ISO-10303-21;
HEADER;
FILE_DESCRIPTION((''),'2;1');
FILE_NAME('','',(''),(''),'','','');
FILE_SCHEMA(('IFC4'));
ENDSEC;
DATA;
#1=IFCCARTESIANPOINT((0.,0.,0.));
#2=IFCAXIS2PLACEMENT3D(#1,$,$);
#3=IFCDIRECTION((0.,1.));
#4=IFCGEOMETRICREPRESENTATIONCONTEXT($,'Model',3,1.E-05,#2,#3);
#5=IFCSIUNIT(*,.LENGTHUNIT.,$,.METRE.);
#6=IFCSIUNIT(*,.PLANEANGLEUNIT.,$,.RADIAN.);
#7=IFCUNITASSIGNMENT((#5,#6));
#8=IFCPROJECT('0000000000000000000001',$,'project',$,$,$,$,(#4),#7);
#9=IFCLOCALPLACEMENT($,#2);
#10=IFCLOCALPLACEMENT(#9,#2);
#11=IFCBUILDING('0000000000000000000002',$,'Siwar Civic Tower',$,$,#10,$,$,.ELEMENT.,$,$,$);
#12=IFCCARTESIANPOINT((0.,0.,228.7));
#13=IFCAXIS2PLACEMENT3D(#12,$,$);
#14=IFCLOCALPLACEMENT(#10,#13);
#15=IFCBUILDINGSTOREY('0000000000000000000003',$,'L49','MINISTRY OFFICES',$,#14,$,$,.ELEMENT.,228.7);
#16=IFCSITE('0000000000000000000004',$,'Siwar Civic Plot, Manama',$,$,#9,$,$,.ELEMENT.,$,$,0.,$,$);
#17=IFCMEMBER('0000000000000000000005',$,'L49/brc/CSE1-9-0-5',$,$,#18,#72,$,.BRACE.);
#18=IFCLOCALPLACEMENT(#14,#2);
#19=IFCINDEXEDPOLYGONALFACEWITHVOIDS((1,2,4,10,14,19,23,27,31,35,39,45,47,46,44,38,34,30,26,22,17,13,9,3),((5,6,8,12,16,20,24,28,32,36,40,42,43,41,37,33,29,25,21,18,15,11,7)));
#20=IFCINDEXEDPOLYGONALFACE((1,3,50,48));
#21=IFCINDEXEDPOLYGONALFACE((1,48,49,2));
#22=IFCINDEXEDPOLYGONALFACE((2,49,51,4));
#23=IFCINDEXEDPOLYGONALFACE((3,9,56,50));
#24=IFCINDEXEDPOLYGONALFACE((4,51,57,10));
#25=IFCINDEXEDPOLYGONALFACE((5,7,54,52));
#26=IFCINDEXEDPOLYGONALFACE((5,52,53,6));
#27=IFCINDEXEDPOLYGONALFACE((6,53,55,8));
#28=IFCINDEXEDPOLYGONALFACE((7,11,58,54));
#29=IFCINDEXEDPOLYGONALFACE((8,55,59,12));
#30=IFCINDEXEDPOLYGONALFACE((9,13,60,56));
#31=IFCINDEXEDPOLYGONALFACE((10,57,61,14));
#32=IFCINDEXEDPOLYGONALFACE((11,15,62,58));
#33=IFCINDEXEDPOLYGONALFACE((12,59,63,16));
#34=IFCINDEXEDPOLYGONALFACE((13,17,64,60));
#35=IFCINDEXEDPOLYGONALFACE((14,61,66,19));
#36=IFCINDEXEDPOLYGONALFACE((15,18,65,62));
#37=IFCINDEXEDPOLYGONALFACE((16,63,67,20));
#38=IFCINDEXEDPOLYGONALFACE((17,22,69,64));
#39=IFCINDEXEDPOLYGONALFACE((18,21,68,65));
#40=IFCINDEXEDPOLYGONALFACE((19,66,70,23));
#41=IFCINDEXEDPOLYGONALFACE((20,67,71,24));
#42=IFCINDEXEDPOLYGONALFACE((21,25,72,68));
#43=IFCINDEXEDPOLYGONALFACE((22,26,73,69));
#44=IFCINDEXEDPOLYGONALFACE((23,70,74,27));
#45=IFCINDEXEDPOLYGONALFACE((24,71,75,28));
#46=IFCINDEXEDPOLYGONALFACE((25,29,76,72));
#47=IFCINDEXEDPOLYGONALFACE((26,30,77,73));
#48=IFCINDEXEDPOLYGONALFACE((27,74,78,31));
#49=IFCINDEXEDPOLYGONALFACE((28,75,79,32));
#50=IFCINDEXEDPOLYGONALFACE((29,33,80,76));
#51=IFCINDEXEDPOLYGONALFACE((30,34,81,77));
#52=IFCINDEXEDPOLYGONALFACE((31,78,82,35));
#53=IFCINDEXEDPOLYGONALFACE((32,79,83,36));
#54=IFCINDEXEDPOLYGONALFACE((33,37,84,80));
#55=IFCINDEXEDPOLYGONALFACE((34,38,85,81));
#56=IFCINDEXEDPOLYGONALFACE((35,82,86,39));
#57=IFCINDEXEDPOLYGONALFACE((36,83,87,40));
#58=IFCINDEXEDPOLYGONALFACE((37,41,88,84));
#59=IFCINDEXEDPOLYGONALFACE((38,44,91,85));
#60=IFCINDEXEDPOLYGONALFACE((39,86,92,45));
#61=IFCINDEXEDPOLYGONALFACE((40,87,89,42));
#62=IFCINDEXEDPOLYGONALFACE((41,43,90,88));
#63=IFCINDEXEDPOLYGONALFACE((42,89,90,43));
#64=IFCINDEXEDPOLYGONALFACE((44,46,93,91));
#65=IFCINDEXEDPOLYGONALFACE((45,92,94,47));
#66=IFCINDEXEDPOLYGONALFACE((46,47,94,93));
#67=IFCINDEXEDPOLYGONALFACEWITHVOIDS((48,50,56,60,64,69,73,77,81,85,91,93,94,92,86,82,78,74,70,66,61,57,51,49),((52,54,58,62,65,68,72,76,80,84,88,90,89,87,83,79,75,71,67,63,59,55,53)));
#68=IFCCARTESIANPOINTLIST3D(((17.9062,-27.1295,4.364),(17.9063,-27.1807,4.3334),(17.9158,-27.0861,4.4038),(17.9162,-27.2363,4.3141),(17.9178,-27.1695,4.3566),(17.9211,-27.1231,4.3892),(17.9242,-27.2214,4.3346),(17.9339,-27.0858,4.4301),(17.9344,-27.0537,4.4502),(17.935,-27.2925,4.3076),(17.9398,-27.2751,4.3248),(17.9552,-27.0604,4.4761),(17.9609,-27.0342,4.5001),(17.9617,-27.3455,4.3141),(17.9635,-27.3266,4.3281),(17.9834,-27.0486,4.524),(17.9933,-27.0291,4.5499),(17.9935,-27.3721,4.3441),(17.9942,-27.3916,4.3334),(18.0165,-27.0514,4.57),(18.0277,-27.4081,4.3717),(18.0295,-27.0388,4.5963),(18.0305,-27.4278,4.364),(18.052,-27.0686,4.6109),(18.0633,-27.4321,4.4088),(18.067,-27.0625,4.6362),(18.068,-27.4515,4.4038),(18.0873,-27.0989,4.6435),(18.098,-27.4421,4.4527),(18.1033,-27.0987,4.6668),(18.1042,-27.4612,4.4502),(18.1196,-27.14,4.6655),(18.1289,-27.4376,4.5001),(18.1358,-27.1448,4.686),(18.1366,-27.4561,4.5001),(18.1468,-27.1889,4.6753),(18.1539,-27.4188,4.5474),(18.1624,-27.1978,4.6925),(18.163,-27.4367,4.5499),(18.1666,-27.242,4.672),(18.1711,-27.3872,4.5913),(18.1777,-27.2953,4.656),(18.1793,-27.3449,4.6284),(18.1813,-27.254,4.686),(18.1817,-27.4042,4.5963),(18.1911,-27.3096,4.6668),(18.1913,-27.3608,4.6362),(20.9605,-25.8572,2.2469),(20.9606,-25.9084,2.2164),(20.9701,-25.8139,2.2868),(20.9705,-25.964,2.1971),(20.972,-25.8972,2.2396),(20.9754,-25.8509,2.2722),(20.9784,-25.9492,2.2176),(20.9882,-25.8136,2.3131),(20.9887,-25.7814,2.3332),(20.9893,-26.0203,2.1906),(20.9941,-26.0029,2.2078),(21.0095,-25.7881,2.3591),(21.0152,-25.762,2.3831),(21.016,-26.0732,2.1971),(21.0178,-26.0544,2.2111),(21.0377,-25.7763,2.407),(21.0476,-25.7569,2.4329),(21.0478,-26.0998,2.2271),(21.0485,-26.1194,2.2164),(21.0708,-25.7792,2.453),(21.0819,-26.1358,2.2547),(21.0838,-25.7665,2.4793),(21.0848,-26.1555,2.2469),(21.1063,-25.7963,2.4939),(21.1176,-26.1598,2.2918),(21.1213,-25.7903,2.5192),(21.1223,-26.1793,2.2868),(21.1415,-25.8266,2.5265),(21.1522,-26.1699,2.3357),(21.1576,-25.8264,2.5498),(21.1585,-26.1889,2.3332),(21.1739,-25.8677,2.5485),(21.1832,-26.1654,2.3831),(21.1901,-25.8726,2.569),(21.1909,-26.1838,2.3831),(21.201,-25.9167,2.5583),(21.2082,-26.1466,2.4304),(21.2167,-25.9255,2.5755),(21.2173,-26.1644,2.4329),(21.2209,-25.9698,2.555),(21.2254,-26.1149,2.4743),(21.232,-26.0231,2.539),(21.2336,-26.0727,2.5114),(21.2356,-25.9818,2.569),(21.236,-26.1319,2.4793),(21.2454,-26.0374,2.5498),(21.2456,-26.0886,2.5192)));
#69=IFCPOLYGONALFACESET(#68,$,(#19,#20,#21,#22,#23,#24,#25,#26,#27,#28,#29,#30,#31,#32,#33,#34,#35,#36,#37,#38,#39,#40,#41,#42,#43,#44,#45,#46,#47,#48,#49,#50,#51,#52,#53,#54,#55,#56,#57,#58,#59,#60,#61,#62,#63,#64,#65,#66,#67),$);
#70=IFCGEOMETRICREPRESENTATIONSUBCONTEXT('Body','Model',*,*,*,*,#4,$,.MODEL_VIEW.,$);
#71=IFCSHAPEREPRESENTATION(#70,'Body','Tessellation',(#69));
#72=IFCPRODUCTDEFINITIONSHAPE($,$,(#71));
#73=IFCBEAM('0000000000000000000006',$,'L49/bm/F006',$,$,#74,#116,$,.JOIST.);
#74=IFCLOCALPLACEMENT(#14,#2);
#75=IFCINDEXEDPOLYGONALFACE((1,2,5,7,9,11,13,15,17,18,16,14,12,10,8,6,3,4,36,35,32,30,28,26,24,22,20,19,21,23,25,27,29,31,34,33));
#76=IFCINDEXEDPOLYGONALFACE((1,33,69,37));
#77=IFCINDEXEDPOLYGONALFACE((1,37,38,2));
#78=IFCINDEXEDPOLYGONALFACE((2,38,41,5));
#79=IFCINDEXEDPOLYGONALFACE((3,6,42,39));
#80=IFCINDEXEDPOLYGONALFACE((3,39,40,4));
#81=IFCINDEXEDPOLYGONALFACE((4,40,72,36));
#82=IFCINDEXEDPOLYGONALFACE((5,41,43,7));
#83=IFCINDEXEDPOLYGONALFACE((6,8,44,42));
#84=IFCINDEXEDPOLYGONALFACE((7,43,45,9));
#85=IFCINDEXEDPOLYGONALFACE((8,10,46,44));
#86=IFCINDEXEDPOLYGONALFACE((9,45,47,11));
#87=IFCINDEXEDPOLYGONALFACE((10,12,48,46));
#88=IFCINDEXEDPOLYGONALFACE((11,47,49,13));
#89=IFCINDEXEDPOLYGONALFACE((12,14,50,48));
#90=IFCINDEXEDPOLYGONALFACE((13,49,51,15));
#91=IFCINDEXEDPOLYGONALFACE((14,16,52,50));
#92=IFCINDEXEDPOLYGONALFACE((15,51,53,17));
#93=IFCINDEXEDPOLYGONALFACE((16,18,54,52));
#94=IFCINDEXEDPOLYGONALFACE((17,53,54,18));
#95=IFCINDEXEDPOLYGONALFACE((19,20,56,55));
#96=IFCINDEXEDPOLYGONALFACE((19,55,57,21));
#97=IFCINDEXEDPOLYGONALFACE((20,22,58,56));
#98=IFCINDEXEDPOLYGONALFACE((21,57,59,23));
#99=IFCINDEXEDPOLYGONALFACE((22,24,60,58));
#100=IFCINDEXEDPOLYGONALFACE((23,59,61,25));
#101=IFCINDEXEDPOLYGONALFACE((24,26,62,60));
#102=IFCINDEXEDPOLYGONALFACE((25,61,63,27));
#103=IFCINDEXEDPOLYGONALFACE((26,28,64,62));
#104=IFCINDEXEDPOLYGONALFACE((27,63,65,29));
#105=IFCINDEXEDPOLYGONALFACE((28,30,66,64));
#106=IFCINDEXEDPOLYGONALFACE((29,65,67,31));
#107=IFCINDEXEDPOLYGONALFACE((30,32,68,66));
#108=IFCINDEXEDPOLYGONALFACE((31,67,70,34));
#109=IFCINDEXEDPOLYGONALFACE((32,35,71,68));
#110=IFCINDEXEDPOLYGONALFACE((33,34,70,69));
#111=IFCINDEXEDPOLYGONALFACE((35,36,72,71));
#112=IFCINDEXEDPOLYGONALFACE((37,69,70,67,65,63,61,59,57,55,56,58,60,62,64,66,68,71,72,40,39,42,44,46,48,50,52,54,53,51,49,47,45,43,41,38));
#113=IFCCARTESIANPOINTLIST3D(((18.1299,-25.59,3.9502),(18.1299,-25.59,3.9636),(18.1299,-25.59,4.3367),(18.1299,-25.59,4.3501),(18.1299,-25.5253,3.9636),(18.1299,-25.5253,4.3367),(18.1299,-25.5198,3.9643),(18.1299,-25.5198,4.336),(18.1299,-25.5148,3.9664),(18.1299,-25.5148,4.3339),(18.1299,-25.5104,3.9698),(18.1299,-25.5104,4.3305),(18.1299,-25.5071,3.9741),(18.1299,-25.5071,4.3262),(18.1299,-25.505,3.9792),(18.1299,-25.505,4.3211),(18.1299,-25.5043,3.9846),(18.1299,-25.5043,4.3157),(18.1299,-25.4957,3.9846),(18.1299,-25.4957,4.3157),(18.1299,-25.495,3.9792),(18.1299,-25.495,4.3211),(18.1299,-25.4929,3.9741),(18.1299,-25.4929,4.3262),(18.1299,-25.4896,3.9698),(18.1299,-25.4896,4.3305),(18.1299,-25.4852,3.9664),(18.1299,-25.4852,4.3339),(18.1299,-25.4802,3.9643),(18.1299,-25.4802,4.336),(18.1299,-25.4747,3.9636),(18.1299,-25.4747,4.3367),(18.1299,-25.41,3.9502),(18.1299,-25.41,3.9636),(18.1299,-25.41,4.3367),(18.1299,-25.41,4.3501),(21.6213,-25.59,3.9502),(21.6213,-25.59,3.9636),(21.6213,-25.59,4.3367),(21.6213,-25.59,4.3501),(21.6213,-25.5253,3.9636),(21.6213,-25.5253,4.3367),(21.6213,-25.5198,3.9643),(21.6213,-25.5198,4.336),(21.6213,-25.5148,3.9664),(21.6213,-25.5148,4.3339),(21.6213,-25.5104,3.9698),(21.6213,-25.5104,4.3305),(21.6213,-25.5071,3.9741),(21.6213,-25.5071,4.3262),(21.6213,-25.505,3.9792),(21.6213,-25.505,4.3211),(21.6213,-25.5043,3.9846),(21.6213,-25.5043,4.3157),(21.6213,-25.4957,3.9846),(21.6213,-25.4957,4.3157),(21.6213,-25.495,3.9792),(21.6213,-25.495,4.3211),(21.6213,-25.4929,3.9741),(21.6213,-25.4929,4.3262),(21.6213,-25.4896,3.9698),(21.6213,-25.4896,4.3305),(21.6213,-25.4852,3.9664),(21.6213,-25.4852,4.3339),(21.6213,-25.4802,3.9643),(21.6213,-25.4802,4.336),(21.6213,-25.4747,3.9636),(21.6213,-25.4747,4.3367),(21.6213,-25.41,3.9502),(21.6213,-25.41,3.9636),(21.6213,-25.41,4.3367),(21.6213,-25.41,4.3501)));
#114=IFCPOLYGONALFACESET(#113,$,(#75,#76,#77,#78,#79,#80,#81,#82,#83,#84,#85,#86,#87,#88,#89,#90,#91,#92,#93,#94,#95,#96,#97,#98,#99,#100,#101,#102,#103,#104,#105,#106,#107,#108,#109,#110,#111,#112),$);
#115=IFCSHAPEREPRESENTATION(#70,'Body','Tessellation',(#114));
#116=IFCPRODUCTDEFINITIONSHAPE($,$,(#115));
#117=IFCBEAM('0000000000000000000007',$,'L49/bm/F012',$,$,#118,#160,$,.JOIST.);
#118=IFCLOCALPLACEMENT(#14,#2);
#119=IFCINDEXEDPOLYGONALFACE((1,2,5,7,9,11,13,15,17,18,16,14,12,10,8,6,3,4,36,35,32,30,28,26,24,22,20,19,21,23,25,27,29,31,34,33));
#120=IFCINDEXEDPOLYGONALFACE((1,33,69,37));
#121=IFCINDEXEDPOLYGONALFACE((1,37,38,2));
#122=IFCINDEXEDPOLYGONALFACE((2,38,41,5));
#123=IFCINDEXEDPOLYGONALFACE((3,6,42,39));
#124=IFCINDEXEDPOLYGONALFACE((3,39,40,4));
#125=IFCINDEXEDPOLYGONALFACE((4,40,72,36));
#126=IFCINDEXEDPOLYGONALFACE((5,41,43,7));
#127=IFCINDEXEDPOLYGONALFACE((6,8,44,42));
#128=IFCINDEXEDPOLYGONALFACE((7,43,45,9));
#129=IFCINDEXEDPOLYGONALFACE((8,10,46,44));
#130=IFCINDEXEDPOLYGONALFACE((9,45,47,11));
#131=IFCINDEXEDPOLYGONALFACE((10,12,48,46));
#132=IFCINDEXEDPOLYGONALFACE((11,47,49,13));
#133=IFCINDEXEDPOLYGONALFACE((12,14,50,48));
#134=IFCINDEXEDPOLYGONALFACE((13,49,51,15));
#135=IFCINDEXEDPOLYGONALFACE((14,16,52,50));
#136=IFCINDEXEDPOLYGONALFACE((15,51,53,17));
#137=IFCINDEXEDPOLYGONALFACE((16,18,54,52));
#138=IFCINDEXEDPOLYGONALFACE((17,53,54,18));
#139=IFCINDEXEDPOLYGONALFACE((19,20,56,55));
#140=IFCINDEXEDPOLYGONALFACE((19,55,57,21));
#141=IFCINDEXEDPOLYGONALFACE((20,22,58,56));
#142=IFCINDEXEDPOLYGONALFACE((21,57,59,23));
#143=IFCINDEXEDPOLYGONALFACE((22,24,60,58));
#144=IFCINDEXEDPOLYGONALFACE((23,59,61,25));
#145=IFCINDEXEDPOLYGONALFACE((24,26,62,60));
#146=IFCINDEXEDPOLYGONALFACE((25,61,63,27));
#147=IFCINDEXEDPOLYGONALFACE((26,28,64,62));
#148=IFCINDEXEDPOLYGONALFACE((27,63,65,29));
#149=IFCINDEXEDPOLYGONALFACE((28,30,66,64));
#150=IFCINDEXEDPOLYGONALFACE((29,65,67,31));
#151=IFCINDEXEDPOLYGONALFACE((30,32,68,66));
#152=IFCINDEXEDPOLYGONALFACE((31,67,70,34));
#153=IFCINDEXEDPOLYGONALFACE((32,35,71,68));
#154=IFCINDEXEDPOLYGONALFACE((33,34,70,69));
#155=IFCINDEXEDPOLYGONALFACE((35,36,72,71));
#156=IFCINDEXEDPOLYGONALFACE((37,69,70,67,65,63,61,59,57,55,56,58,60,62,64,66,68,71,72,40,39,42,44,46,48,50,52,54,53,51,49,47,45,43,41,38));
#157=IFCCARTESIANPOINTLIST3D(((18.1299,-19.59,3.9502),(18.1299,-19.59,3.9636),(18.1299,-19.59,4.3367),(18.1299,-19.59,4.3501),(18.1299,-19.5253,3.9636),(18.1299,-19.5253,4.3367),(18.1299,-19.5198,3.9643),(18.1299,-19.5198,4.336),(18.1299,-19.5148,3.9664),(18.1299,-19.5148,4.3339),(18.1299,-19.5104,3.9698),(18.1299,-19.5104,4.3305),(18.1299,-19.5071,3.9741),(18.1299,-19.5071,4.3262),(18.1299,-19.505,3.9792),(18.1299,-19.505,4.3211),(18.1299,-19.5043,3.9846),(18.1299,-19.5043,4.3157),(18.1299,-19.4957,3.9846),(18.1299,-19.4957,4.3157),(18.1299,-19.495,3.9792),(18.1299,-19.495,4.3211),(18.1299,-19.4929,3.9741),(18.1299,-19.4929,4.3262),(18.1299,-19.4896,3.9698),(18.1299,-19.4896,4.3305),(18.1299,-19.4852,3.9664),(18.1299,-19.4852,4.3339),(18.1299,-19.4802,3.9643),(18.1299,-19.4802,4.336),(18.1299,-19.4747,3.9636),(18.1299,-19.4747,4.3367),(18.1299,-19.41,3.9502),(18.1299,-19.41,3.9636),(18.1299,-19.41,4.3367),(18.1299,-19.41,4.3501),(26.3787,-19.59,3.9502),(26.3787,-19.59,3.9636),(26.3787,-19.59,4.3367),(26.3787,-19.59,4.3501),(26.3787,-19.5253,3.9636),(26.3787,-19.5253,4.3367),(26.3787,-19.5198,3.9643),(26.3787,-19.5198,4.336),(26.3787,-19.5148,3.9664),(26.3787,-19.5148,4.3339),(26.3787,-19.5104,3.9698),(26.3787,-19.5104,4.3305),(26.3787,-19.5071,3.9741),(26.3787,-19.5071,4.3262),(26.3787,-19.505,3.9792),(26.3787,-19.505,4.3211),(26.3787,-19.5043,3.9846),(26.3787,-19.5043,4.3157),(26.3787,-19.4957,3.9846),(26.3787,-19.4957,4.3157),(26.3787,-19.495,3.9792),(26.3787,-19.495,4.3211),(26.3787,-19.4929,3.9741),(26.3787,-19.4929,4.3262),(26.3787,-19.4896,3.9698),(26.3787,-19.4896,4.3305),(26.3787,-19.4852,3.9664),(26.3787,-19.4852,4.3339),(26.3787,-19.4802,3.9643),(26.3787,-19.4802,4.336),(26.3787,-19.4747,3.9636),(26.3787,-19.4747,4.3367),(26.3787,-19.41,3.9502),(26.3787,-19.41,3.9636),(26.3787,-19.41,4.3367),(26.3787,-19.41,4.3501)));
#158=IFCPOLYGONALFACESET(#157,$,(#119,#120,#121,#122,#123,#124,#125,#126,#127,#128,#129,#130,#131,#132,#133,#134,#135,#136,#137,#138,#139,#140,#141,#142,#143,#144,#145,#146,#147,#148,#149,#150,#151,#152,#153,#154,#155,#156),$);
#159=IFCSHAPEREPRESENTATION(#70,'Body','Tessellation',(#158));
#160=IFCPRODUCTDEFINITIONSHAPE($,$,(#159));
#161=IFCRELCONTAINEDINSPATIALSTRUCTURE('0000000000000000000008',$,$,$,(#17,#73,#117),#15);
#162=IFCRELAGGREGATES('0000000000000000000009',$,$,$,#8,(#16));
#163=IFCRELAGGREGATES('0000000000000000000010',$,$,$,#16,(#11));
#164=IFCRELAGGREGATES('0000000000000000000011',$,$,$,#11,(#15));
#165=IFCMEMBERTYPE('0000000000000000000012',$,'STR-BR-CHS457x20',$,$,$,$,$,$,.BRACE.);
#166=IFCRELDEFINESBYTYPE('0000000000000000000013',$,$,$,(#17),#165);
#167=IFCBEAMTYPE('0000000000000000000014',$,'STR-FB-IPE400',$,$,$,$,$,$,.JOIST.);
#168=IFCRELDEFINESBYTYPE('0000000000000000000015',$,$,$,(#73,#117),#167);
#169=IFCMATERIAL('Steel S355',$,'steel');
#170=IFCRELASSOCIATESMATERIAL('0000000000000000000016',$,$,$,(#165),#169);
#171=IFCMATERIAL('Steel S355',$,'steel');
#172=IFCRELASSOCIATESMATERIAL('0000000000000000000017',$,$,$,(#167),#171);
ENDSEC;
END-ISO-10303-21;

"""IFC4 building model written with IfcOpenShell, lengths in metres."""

from ifc_helpers import new_model, si_unit, direction, frame, origin, origin_2d, place, context, subcontext, project, spatial, hollow_circle, i_section, extrude, material, material_profile, profile_set, type_object, element, save


model = new_model("IFC4")

# Units and contexts
model_context = context("Model", 3, precision=1e-05, world=origin(), true_north=direction((0.0, 1.0)))
body_context = subcontext(model_context, "Body", "Model", "MODEL_VIEW")
ifc_project = project(units=[si_unit("LENGTHUNIT", "METRE"), si_unit("PLANEANGLEUNIT", "RADIAN")], contexts=[model_context])

# Site, building, storey
site_placement = place(None, origin())
site = spatial("IfcSite", under=ifc_project, at=site_placement, Name="Siwar Civic Plot, Manama", CompositionType="ELEMENT", RefElevation=0.0)
building_placement = place(site_placement, origin())
building = spatial("IfcBuilding", under=site, at=building_placement, Name="Siwar Civic Tower", CompositionType="ELEMENT")
storey_placement = place(building_placement, frame((0.0, 0.0, 228.7)))
storey = spatial("IfcBuildingStorey", under=building, at=storey_placement, Name="L49", Description="MINISTRY OFFICES", CompositionType="ELEMENT", Elevation=228.7)

# Member
ifc_material_1 = material(Name="Steel S355", Category="steel")
ifc_material_profile_1 = material_profile(ifc_material_1, hollow_circle(Radius=0.2285, WallThickness=0.02, at=origin_2d()), Name="CHS457x20")
ifc_profile_set_1 = profile_set([ifc_material_profile_1], Name="Steel S355")
member_type_1 = type_object("IfcMemberType", Name="STR-BR-CHS457x20", PredefinedType="BRACE", material=ifc_profile_set_1)
for number, where, z_axis, x_axis, name in (
    (1, (21.103, -25.9729, 2.3831), (-0.777572, -0.323895, 0.538955), (0.384521, -0.923116, 0.0), "L49/brc/CSE1-9-0-5"),
):
    element("IfcMember", number, at=place(storey_placement, frame(where, z_axis=z_axis, x_axis=x_axis)), inside=storey, type_object=member_type_1, Name=name, PredefinedType="BRACE", context=body_context, shape_type="SweptSolid", body=[
        extrude(hollow_circle(Radius=0.2285, WallThickness=0.02, at=origin_2d()), origin(), (0.0, 0.0, 1.0), 3.928),
    ])

# Beams
ifc_material_2 = material(Name="Steel S355", Category="steel")
ifc_material_profile_2 = material_profile(ifc_material_2, i_section(OverallWidth=0.1799, OverallDepth=0.3999, WebThickness=0.0085, FlangeThickness=0.0134, FilletRadius=0.021, at=origin_2d()), Name="IPE400")
ifc_profile_set_2 = profile_set([ifc_material_profile_2], Name="Steel S355")
beam_type_1 = type_object("IfcBeamType", Name="STR-FB-IPE400", PredefinedType="JOIST", material=ifc_profile_set_2)
beam_1_placement = place(storey_placement, frame((18.1299, -25.5, 4.1501), z_axis=(1.0, 0.0, 0.0), x_axis=(0.0, 1.0, 0.0)))
element("IfcBeam", 2, at=beam_1_placement, inside=storey, type_object=beam_type_1, Name="L49/bm/F006", PredefinedType="JOIST", context=body_context, shape_type="SweptSolid", body=[
    extrude(i_section(OverallWidth=0.1799, OverallDepth=0.3999, WebThickness=0.0085, FlangeThickness=0.0134, FilletRadius=0.021, at=origin_2d()), origin(), (0.0, 0.0, 1.0), 3.4915),
])
beam_2_placement = place(storey_placement, frame((18.1299, -19.5, 4.1501), z_axis=(1.0, 0.0, 0.0), x_axis=(0.0, 1.0, 0.0)))
element("IfcBeam", 3, at=beam_2_placement, inside=storey, type_object=beam_type_1, Name="L49/bm/F012", PredefinedType="JOIST", context=body_context, shape_type="SweptSolid", body=[
    extrude(i_section(OverallWidth=0.1799, OverallDepth=0.3999, WebThickness=0.0085, FlangeThickness=0.0134, FilletRadius=0.021, at=origin_2d()), origin(), (0.0, 0.0, 1.0), 8.2488),
])

save(model, "model.ifc")
